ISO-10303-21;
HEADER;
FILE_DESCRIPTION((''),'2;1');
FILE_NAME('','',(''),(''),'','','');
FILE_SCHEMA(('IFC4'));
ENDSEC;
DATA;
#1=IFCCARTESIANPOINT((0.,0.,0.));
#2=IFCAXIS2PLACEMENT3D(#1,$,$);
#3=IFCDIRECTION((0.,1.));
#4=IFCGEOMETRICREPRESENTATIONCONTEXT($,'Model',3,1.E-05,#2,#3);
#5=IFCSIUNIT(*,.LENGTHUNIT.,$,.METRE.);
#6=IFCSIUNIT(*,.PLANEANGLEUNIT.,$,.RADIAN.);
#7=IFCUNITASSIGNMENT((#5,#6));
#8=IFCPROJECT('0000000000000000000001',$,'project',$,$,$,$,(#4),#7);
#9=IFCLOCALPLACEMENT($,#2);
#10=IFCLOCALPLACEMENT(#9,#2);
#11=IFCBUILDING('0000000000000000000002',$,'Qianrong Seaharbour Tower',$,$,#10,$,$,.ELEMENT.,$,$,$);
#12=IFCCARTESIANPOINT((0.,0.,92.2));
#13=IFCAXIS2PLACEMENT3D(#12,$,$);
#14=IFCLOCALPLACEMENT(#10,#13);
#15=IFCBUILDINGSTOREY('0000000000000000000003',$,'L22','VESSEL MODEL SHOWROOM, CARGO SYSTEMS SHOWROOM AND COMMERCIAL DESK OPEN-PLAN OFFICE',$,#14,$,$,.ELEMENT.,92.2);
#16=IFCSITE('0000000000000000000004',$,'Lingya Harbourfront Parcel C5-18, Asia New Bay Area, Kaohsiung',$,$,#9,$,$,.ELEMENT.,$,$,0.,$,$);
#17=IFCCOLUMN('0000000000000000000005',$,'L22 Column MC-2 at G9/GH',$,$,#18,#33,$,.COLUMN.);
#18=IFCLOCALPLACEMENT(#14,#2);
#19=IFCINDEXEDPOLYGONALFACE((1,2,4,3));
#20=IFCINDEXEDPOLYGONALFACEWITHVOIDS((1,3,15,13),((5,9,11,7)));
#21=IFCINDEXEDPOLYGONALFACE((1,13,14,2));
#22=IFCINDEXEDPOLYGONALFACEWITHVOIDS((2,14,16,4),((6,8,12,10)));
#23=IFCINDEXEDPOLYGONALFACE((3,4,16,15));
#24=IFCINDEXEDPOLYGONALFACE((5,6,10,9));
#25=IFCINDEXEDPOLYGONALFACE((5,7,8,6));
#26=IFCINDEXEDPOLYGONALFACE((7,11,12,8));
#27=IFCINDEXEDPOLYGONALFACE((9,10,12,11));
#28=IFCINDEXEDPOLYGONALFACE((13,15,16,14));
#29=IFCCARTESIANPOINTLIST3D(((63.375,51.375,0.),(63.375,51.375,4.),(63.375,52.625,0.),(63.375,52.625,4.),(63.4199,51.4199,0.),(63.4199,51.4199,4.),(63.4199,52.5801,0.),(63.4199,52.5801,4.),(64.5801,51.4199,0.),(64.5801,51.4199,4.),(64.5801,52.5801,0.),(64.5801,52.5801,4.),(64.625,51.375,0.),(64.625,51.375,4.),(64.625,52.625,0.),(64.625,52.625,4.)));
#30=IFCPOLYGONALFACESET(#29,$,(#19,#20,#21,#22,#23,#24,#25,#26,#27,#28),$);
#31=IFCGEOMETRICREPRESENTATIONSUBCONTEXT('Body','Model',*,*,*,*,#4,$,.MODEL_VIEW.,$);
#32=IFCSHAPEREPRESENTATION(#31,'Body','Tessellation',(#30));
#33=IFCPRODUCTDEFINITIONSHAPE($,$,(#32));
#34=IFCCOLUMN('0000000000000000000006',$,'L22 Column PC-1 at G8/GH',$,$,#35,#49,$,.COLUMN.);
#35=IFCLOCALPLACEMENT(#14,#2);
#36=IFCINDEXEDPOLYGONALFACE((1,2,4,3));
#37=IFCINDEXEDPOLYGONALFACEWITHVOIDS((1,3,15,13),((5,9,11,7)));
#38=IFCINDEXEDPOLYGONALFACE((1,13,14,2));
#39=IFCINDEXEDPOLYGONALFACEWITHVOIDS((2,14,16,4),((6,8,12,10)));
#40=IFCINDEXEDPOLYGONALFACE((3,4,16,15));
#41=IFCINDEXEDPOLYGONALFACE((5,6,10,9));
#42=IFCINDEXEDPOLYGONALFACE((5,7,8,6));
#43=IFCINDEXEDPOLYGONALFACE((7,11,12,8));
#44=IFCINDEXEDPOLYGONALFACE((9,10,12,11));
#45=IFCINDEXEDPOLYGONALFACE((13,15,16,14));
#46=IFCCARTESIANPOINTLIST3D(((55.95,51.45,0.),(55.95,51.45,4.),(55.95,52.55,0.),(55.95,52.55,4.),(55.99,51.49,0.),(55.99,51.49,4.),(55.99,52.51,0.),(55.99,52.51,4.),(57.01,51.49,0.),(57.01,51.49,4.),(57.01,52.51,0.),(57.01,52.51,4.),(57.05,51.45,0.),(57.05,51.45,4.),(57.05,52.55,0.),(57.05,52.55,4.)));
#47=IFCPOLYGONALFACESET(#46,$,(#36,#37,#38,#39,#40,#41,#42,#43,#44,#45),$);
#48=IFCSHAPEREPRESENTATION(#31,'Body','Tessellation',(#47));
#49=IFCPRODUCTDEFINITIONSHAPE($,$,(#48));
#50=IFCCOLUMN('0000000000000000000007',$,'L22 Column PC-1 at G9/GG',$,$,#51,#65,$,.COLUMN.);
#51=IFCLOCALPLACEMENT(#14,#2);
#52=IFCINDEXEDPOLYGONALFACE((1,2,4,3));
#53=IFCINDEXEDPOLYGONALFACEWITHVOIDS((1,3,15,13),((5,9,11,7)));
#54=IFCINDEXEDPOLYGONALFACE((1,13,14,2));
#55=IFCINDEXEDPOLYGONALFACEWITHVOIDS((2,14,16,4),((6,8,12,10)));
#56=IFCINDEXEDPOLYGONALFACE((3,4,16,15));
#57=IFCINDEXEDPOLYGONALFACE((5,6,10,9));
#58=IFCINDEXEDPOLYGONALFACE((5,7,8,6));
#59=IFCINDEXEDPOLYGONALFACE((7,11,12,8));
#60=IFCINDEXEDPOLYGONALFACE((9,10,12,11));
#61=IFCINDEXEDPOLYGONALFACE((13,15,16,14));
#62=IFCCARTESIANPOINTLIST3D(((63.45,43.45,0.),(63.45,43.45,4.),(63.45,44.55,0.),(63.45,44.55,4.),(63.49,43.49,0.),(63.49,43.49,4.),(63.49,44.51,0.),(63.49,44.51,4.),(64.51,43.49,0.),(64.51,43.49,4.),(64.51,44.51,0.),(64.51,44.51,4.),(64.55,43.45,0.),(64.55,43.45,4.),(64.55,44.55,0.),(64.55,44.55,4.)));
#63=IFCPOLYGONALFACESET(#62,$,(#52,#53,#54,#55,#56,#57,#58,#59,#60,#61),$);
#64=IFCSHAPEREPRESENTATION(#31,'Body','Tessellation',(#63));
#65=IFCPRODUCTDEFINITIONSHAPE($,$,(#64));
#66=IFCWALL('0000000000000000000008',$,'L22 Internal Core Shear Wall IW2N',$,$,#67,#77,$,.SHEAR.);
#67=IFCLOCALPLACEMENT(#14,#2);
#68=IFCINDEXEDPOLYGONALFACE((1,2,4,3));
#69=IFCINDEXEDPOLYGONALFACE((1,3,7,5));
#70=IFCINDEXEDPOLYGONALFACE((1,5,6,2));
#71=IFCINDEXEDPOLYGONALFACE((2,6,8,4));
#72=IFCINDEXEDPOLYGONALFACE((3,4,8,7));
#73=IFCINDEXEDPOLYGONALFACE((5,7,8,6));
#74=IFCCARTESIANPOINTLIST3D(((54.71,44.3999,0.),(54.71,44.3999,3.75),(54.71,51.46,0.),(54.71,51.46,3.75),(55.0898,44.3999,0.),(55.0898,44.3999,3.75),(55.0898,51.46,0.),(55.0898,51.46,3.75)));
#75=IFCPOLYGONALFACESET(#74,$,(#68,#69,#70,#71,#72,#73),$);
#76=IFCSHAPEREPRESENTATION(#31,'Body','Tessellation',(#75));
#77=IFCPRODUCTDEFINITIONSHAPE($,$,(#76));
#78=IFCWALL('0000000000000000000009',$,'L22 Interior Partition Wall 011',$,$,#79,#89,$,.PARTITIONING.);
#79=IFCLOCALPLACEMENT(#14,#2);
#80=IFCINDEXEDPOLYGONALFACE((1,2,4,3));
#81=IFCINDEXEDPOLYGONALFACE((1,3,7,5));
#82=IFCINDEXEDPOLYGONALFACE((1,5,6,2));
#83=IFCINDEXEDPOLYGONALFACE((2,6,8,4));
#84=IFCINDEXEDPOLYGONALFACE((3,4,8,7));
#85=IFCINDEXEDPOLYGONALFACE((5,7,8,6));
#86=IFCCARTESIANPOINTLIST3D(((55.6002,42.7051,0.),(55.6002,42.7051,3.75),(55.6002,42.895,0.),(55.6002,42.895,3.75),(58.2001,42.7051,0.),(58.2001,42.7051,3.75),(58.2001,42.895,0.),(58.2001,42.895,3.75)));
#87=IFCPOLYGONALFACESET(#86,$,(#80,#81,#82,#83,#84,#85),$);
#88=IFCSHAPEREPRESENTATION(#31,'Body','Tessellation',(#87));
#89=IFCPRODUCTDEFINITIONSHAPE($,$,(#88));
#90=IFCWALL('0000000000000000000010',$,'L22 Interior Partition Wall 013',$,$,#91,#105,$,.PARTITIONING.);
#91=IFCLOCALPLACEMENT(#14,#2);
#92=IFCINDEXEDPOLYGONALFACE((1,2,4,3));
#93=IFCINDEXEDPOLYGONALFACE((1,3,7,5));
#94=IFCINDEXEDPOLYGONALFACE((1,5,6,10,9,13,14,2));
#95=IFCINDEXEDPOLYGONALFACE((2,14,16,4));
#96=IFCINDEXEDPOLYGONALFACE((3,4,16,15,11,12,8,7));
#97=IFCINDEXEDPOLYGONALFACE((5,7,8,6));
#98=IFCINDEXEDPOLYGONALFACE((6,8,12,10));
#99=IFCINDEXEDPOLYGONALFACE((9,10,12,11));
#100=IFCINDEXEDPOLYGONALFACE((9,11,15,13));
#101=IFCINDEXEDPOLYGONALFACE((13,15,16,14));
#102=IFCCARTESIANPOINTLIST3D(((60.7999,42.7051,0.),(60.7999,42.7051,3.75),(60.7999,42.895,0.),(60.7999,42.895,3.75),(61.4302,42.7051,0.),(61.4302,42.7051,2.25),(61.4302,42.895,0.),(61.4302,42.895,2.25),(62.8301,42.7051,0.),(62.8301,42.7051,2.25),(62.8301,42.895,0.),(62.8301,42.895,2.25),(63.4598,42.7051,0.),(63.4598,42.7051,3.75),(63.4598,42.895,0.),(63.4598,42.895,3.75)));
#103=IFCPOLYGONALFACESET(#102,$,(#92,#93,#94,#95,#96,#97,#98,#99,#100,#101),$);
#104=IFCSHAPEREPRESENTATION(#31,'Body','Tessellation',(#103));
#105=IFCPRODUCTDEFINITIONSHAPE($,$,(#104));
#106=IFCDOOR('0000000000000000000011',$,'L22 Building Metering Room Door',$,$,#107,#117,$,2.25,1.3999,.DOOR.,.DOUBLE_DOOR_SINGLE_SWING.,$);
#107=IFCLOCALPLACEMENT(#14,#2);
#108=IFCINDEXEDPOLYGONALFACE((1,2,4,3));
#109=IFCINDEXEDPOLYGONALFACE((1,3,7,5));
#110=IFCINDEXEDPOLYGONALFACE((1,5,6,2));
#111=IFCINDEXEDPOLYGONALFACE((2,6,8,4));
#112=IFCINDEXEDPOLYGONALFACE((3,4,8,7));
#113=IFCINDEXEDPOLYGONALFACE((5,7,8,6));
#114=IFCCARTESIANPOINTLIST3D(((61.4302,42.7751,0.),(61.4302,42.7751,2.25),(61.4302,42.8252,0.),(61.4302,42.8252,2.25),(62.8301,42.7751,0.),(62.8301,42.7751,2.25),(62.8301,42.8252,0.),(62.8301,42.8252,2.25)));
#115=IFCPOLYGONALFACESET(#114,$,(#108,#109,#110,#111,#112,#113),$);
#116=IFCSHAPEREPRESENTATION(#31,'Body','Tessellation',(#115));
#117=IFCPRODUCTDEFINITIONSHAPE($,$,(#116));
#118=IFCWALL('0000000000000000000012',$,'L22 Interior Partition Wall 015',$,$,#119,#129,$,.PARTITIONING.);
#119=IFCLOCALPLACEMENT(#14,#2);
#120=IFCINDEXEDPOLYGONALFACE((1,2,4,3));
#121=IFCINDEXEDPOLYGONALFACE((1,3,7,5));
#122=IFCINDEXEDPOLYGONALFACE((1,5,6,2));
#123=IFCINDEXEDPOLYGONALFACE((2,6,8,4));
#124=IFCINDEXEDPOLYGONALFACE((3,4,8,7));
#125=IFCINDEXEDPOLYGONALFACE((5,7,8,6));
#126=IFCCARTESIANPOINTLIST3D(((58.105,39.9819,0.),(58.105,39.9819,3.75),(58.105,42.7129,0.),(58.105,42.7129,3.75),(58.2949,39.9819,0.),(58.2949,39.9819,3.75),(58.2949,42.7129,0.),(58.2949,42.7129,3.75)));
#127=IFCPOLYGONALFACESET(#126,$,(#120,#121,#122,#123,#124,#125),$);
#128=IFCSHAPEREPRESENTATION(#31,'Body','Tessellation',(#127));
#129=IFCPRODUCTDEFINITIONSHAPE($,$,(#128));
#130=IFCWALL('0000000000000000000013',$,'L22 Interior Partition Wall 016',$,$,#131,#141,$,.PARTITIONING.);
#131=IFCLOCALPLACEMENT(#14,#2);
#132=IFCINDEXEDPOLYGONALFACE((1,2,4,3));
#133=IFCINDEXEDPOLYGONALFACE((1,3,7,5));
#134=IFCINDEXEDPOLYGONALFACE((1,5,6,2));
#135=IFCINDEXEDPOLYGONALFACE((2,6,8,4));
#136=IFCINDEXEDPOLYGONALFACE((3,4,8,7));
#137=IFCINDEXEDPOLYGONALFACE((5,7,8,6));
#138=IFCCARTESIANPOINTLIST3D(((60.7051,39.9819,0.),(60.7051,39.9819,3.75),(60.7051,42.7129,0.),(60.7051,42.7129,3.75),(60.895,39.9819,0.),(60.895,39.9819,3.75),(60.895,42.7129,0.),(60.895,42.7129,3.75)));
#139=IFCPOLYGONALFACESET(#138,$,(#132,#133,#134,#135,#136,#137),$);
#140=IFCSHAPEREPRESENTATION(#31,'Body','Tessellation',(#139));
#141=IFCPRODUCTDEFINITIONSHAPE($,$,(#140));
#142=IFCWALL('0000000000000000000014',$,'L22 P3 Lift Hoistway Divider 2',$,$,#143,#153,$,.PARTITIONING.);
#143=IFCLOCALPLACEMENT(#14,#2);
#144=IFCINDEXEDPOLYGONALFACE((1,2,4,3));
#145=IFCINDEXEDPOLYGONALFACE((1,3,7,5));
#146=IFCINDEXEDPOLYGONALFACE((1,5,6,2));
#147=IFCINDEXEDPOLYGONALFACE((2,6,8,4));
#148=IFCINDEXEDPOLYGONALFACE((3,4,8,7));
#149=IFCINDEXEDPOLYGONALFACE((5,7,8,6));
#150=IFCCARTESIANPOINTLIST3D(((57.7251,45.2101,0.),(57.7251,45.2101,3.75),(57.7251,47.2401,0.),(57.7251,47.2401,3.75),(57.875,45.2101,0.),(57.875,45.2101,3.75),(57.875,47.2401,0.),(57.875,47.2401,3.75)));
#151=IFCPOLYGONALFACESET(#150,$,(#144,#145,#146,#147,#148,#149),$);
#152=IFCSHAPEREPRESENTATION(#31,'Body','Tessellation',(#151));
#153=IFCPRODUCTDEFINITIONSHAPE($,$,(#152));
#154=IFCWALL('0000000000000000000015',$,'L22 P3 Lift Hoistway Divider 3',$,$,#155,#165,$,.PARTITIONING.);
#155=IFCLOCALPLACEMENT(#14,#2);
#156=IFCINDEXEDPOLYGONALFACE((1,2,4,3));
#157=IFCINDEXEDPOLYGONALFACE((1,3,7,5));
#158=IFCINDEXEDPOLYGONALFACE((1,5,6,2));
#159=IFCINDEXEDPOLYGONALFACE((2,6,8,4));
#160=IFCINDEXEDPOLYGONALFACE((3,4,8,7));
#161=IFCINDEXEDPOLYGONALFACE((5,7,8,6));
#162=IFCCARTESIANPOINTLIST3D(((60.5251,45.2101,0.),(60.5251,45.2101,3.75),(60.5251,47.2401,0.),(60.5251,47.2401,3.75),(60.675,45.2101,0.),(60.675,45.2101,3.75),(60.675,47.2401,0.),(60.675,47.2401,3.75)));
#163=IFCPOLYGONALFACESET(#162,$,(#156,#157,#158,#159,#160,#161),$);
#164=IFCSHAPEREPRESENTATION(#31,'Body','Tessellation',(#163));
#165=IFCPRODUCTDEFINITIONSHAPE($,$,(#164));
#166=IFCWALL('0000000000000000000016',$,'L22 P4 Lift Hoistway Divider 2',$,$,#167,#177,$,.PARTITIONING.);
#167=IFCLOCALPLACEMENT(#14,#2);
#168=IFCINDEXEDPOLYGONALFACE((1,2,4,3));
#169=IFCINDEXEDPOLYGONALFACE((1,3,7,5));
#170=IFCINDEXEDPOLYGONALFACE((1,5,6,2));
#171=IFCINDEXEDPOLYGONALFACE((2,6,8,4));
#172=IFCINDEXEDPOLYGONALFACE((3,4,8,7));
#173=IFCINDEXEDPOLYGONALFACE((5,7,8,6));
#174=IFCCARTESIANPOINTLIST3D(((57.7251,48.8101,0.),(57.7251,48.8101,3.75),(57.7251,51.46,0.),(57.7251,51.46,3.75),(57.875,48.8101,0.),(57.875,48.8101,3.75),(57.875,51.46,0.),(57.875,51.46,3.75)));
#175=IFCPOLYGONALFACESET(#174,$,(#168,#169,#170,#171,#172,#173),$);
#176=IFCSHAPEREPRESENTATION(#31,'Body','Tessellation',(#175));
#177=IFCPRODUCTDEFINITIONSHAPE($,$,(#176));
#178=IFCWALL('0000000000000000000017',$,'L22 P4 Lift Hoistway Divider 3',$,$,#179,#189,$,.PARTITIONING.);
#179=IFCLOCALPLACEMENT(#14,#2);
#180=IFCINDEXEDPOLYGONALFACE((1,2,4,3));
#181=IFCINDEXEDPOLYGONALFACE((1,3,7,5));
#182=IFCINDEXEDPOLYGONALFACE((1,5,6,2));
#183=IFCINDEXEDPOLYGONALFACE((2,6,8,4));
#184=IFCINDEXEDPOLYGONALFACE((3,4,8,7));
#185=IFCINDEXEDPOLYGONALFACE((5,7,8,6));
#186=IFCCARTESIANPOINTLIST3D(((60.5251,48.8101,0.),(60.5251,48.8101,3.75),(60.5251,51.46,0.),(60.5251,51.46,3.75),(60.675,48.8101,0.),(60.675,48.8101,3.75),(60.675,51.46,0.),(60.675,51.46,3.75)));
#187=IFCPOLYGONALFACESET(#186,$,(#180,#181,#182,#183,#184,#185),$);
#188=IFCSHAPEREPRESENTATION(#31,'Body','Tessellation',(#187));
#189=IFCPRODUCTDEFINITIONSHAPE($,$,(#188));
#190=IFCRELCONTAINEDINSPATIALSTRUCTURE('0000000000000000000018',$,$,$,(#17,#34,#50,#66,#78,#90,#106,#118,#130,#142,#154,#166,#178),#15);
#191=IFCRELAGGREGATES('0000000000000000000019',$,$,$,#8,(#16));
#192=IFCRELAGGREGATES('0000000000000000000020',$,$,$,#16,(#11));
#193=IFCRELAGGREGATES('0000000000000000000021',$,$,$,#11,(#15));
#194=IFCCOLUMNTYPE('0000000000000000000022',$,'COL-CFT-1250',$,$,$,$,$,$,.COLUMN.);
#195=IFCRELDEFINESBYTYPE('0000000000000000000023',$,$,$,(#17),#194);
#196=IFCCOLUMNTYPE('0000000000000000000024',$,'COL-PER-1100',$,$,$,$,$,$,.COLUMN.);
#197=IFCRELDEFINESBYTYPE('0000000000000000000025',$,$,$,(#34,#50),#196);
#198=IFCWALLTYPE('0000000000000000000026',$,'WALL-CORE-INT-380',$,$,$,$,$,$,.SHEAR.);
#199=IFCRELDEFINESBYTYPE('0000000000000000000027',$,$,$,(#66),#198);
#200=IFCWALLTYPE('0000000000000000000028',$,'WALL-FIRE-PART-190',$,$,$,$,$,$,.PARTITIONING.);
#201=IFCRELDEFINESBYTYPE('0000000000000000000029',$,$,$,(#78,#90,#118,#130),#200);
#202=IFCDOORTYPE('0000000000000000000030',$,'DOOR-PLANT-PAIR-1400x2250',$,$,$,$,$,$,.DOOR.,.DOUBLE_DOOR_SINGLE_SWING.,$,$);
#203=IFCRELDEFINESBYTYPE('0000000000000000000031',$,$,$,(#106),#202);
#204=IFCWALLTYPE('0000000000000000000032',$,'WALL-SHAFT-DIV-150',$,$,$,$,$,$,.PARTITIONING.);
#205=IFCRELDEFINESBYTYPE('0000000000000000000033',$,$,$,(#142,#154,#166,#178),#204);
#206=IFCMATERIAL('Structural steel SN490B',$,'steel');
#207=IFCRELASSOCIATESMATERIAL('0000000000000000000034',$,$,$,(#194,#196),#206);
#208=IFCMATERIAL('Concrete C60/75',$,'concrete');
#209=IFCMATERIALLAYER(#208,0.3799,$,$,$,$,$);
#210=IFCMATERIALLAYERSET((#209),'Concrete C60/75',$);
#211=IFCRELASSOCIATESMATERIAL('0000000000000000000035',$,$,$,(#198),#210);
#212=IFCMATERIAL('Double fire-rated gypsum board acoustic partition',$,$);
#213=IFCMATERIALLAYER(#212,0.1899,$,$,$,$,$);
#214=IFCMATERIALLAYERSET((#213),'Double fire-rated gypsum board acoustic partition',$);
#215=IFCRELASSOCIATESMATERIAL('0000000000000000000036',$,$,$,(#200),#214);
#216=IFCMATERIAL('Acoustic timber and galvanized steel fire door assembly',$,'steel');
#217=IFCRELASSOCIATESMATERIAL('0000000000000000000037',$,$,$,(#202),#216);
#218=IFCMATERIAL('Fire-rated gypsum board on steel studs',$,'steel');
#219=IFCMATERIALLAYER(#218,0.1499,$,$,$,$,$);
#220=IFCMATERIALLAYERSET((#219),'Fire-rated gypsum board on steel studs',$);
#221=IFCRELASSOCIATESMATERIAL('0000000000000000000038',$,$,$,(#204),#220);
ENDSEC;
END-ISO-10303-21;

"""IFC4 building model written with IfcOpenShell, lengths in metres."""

from ifc_helpers import new_model, si_unit, direction, frame, frame_2d, origin, origin_2d, place, context, subcontext, project, spatial, rectangle, hollow_rectangle, extrude, material, layer, layer_set, material_profile, profile_set, type_object, element, fill, save


model = new_model("IFC4")

# Units and contexts
model_context = context("Model", 3, precision=1e-05, world=origin(), true_north=direction((0.0, 1.0)))
body_context = subcontext(model_context, "Body", "Model", "MODEL_VIEW")
ifc_project = project(units=[si_unit("LENGTHUNIT", "METRE"), si_unit("PLANEANGLEUNIT", "RADIAN")], contexts=[model_context])

# Site, building, storey
site_placement = place(None, origin())
site = spatial("IfcSite", under=ifc_project, at=site_placement, Name="Lingya Harbourfront Parcel C5-18, Asia New Bay Area, Kaohsiung", CompositionType="ELEMENT", RefElevation=0.0)
building_placement = place(site_placement, origin())
building = spatial("IfcBuilding", under=site, at=building_placement, Name="Qianrong Seaharbour Tower", CompositionType="ELEMENT")
storey_placement = place(building_placement, frame((0.0, 0.0, 92.2)))
storey = spatial("IfcBuildingStorey", under=building, at=storey_placement, Name="L22", Description="VESSEL MODEL SHOWROOM, CARGO SYSTEMS SHOWROOM AND COMMERCIAL DESK OPEN-PLAN OFFICE", CompositionType="ELEMENT", Elevation=92.2)

# Columns
ifc_material_1 = material(Name="Structural steel SN490B", Category="steel")
ifc_material_profile_1 = material_profile(ifc_material_1, hollow_rectangle(XDim=1.25, YDim=1.25, WallThickness=0.0449, at=origin_2d()), Name="BOX1250x1250x45")
ifc_profile_set_1 = profile_set([ifc_material_profile_1], Name="Structural steel SN490B")
column_type_1 = type_object("IfcColumnType", Name="COL-CFT-1250", PredefinedType="COLUMN", material=ifc_profile_set_1)
column_placement = place(storey_placement, frame((64.0, 52.0, 0.0), z_axis=(0.0, 0.0, 1.0), x_axis=(1.0, 0.0, 0.0)))
element("IfcColumn", 1, at=column_placement, inside=storey, type_object=column_type_1, Name="L22 Column MC-2 at G9/GH", PredefinedType="COLUMN", context=body_context, shape_type="SweptSolid", body=[
    extrude(hollow_rectangle(XDim=1.25, YDim=1.25, WallThickness=0.0449, at=origin_2d()), origin(), (0.0, 0.0, 1.0), 4.0),
])
ifc_material_profile_2 = material_profile(ifc_material_1, hollow_rectangle(XDim=1.1001, YDim=1.1001, WallThickness=0.04, at=origin_2d()), Name="BOX1100x1100x40")
ifc_profile_set_2 = profile_set([ifc_material_profile_2], Name="Structural steel SN490B")
column_type_2 = type_object("IfcColumnType", Name="COL-PER-1100", PredefinedType="COLUMN", material=ifc_profile_set_2)
for number, where, z_axis, x_axis, name in (
    (2, (56.5, 52.0, 0.0), (0.0, 0.0, 1.0), (1.0, 0.0, 0.0), "L22 Column PC-1 at G8/GH"),
    (3, (64.0, 44.0, 0.0), (0.0, 0.0, 1.0), (1.0, 0.0, 0.0), "L22 Column PC-1 at G9/GG"),
):
    element("IfcColumn", number, at=place(storey_placement, frame(where, z_axis=z_axis, x_axis=x_axis)), inside=storey, type_object=column_type_2, Name=name, PredefinedType="COLUMN", context=body_context, shape_type="SweptSolid", body=[
        extrude(hollow_rectangle(XDim=1.1001, YDim=1.1001, WallThickness=0.04, at=origin_2d()), origin(), (0.0, 0.0, 1.0), 4.0),
    ])

# Wall
ifc_material_2 = material(Name="Concrete C60/75", Category="concrete")
ifc_layer_1 = layer(ifc_material_2, 0.3799)
ifc_layer_set_1 = layer_set([ifc_layer_1], Name="Concrete C60/75")
wall_type_1 = type_object("IfcWallType", Name="WALL-CORE-INT-380", PredefinedType="SHEAR", material=ifc_layer_set_1)
wall_1_placement = place(storey_placement, frame((54.8999, 44.3999, 0.0), z_axis=(0.0, 0.0, 1.0), x_axis=(0.0, 1.0, 0.0)))
element("IfcWall", 4, at=wall_1_placement, inside=storey, type_object=wall_type_1, Name="L22 Internal Core Shear Wall IW2N", PredefinedType="SHEAR", context=body_context, shape_type="SweptSolid", body=[
    extrude(rectangle(XDim=7.0601, YDim=0.3799, at=frame_2d((3.53, 0.0))), origin(), (0.0, 0.0, 1.0), 3.75),
])

# Shared definitions
ifc_material_3 = material(Name="Acoustic timber and galvanized steel fire door assembly", Category="steel")
ifc_material_4 = material(Name="Double fire-rated gypsum board acoustic partition")
ifc_layer_2 = layer(ifc_material_4, 0.1899)
ifc_layer_set_2 = layer_set([ifc_layer_2], Name="Double fire-rated gypsum board acoustic partition")
wall_type_2 = type_object("IfcWallType", Name="WALL-FIRE-PART-190", PredefinedType="PARTITIONING", material=ifc_layer_set_2)

# Wall
wall_2_placement = place(storey_placement, frame((58.2, 42.8, 0.0), z_axis=(0.0, 0.0, 1.0), x_axis=(-1.0, 0.0, 0.0)))
element("IfcWall", 5, at=wall_2_placement, inside=storey, type_object=wall_type_2, Name="L22 Interior Partition Wall 011", PredefinedType="PARTITIONING", context=body_context, shape_type="SweptSolid", body=[
    extrude(rectangle(XDim=2.5999, YDim=0.1899, at=frame_2d((1.2998, 0.0))), origin(), (0.0, 0.0, 1.0), 3.75),
])

# Wall, opening, door
wall_3_placement = place(storey_placement, frame((63.46, 42.8, 0.0), z_axis=(0.0, 0.0, 1.0), x_axis=(-1.0, 0.0, 0.0)))
wall_3 = element("IfcWall", 6, at=wall_3_placement, inside=storey, type_object=wall_type_2, Name="L22 Interior Partition Wall 013", PredefinedType="PARTITIONING", context=body_context, shape_type="SweptSolid", body=[
    extrude(rectangle(XDim=2.6599, YDim=0.1899, at=frame_2d((1.3301, 0.0))), origin(), (0.0, 0.0, 1.0), 3.75),
])
opening_1_placement = place(wall_3_placement, frame((0.6299, 0.0, 0.0)))
opening_1 = element("IfcOpeningElement", 7, at=opening_1_placement, cuts=wall_3, PredefinedType="OPENING", context=body_context, shape_type="SweptSolid", body=[
    extrude(rectangle(XDim=1.3999, YDim=2.25, at=frame_2d((0.7, 1.125))), frame((0.0, 0.105, 0.0), z_axis=(0.0, -1.0, 0.0), x_axis=(1.0, 0.0, 0.0)), (0.0, 0.0, 1.0), 0.21),
])
door_type_1 = type_object("IfcDoorType", Name="DOOR-PLANT-PAIR-1400x2250", OperationType="DOUBLE_DOOR_SINGLE_SWING", PredefinedType="DOOR", material=ifc_material_3)
door_1_placement = place(opening_1_placement, origin())
door_1 = element("IfcDoor", 8, at=door_1_placement, inside=storey, type_object=door_type_1, Name="L22 Building Metering Room Door", OperationType="DOUBLE_DOOR_SINGLE_SWING", OverallHeight=2.25, OverallWidth=1.3999, PredefinedType="DOOR", context=body_context, shape_type="SweptSolid", body=[
    extrude(rectangle(XDim=1.3999, YDim=2.25, at=frame_2d((0.7, 1.125))), frame((0.0, 0.0249, 0.0), z_axis=(0.0, -1.0, 0.0), x_axis=(1.0, 0.0, 0.0)), (0.0, 0.0, 1.0), 0.05),
])
fill(opening_1, door_1)

# Walls
for number, where, z_axis, x_axis, name in (
    (9, (58.2, 42.7129, 0.0), (0.0, 0.0, 1.0), (0.0, -1.0, 0.0), "L22 Interior Partition Wall 015"),
    (10, (60.8, 42.7129, 0.0), (0.0, 0.0, 1.0), (0.0, -1.0, 0.0), "L22 Interior Partition Wall 016"),
):
    element("IfcWall", number, at=place(storey_placement, frame(where, z_axis=z_axis, x_axis=x_axis)), inside=storey, type_object=wall_type_2, Name=name, PredefinedType="PARTITIONING", context=body_context, shape_type="SweptSolid", body=[
        extrude(rectangle(XDim=2.731, YDim=0.1899, at=frame_2d((1.3655, 0.0))), origin(), (0.0, 0.0, 1.0), 3.75),
    ])
ifc_material_5 = material(Name="Fire-rated gypsum board on steel studs", Category="steel")
ifc_layer_3 = layer(ifc_material_5, 0.1499)
ifc_layer_set_3 = layer_set([ifc_layer_3], Name="Fire-rated gypsum board on steel studs")
wall_type_3 = type_object("IfcWallType", Name="WALL-SHAFT-DIV-150", PredefinedType="PARTITIONING", material=ifc_layer_set_3)
for number, where, z_axis, x_axis, name in (
    (11, (57.8, 45.21, 0.0), (0.0, 0.0, 1.0), (0.0, 1.0, 0.0), "L22 P3 Lift Hoistway Divider 2"),
    (12, (60.6001, 45.21, 0.0), (0.0, 0.0, 1.0), (0.0, 1.0, 0.0), "L22 P3 Lift Hoistway Divider 3"),
):
    element("IfcWall", number, at=place(storey_placement, frame(where, z_axis=z_axis, x_axis=x_axis)), inside=storey, type_object=wall_type_3, Name=name, PredefinedType="PARTITIONING", context=body_context, shape_type="SweptSolid", body=[
        extrude(rectangle(XDim=2.03, YDim=0.1499, at=frame_2d((1.0151, 0.0))), origin(), (0.0, 0.0, 1.0), 3.75),
    ])
for number, where, z_axis, x_axis, name in (
    (13, (57.8, 48.8101, 0.0), (0.0, 0.0, 1.0), (0.0, 1.0, 0.0), "L22 P4 Lift Hoistway Divider 2"),
    (14, (60.6001, 48.8101, 0.0), (0.0, 0.0, 1.0), (0.0, 1.0, 0.0), "L22 P4 Lift Hoistway Divider 3"),
):
    element("IfcWall", number, at=place(storey_placement, frame(where, z_axis=z_axis, x_axis=x_axis)), inside=storey, type_object=wall_type_3, Name=name, PredefinedType="PARTITIONING", context=body_context, shape_type="SweptSolid", body=[
        extrude(rectangle(XDim=2.6499, YDim=0.1499, at=frame_2d((1.325, 0.0))), origin(), (0.0, 0.0, 1.0), 3.75),
    ])

save(model, "model.ifc")
